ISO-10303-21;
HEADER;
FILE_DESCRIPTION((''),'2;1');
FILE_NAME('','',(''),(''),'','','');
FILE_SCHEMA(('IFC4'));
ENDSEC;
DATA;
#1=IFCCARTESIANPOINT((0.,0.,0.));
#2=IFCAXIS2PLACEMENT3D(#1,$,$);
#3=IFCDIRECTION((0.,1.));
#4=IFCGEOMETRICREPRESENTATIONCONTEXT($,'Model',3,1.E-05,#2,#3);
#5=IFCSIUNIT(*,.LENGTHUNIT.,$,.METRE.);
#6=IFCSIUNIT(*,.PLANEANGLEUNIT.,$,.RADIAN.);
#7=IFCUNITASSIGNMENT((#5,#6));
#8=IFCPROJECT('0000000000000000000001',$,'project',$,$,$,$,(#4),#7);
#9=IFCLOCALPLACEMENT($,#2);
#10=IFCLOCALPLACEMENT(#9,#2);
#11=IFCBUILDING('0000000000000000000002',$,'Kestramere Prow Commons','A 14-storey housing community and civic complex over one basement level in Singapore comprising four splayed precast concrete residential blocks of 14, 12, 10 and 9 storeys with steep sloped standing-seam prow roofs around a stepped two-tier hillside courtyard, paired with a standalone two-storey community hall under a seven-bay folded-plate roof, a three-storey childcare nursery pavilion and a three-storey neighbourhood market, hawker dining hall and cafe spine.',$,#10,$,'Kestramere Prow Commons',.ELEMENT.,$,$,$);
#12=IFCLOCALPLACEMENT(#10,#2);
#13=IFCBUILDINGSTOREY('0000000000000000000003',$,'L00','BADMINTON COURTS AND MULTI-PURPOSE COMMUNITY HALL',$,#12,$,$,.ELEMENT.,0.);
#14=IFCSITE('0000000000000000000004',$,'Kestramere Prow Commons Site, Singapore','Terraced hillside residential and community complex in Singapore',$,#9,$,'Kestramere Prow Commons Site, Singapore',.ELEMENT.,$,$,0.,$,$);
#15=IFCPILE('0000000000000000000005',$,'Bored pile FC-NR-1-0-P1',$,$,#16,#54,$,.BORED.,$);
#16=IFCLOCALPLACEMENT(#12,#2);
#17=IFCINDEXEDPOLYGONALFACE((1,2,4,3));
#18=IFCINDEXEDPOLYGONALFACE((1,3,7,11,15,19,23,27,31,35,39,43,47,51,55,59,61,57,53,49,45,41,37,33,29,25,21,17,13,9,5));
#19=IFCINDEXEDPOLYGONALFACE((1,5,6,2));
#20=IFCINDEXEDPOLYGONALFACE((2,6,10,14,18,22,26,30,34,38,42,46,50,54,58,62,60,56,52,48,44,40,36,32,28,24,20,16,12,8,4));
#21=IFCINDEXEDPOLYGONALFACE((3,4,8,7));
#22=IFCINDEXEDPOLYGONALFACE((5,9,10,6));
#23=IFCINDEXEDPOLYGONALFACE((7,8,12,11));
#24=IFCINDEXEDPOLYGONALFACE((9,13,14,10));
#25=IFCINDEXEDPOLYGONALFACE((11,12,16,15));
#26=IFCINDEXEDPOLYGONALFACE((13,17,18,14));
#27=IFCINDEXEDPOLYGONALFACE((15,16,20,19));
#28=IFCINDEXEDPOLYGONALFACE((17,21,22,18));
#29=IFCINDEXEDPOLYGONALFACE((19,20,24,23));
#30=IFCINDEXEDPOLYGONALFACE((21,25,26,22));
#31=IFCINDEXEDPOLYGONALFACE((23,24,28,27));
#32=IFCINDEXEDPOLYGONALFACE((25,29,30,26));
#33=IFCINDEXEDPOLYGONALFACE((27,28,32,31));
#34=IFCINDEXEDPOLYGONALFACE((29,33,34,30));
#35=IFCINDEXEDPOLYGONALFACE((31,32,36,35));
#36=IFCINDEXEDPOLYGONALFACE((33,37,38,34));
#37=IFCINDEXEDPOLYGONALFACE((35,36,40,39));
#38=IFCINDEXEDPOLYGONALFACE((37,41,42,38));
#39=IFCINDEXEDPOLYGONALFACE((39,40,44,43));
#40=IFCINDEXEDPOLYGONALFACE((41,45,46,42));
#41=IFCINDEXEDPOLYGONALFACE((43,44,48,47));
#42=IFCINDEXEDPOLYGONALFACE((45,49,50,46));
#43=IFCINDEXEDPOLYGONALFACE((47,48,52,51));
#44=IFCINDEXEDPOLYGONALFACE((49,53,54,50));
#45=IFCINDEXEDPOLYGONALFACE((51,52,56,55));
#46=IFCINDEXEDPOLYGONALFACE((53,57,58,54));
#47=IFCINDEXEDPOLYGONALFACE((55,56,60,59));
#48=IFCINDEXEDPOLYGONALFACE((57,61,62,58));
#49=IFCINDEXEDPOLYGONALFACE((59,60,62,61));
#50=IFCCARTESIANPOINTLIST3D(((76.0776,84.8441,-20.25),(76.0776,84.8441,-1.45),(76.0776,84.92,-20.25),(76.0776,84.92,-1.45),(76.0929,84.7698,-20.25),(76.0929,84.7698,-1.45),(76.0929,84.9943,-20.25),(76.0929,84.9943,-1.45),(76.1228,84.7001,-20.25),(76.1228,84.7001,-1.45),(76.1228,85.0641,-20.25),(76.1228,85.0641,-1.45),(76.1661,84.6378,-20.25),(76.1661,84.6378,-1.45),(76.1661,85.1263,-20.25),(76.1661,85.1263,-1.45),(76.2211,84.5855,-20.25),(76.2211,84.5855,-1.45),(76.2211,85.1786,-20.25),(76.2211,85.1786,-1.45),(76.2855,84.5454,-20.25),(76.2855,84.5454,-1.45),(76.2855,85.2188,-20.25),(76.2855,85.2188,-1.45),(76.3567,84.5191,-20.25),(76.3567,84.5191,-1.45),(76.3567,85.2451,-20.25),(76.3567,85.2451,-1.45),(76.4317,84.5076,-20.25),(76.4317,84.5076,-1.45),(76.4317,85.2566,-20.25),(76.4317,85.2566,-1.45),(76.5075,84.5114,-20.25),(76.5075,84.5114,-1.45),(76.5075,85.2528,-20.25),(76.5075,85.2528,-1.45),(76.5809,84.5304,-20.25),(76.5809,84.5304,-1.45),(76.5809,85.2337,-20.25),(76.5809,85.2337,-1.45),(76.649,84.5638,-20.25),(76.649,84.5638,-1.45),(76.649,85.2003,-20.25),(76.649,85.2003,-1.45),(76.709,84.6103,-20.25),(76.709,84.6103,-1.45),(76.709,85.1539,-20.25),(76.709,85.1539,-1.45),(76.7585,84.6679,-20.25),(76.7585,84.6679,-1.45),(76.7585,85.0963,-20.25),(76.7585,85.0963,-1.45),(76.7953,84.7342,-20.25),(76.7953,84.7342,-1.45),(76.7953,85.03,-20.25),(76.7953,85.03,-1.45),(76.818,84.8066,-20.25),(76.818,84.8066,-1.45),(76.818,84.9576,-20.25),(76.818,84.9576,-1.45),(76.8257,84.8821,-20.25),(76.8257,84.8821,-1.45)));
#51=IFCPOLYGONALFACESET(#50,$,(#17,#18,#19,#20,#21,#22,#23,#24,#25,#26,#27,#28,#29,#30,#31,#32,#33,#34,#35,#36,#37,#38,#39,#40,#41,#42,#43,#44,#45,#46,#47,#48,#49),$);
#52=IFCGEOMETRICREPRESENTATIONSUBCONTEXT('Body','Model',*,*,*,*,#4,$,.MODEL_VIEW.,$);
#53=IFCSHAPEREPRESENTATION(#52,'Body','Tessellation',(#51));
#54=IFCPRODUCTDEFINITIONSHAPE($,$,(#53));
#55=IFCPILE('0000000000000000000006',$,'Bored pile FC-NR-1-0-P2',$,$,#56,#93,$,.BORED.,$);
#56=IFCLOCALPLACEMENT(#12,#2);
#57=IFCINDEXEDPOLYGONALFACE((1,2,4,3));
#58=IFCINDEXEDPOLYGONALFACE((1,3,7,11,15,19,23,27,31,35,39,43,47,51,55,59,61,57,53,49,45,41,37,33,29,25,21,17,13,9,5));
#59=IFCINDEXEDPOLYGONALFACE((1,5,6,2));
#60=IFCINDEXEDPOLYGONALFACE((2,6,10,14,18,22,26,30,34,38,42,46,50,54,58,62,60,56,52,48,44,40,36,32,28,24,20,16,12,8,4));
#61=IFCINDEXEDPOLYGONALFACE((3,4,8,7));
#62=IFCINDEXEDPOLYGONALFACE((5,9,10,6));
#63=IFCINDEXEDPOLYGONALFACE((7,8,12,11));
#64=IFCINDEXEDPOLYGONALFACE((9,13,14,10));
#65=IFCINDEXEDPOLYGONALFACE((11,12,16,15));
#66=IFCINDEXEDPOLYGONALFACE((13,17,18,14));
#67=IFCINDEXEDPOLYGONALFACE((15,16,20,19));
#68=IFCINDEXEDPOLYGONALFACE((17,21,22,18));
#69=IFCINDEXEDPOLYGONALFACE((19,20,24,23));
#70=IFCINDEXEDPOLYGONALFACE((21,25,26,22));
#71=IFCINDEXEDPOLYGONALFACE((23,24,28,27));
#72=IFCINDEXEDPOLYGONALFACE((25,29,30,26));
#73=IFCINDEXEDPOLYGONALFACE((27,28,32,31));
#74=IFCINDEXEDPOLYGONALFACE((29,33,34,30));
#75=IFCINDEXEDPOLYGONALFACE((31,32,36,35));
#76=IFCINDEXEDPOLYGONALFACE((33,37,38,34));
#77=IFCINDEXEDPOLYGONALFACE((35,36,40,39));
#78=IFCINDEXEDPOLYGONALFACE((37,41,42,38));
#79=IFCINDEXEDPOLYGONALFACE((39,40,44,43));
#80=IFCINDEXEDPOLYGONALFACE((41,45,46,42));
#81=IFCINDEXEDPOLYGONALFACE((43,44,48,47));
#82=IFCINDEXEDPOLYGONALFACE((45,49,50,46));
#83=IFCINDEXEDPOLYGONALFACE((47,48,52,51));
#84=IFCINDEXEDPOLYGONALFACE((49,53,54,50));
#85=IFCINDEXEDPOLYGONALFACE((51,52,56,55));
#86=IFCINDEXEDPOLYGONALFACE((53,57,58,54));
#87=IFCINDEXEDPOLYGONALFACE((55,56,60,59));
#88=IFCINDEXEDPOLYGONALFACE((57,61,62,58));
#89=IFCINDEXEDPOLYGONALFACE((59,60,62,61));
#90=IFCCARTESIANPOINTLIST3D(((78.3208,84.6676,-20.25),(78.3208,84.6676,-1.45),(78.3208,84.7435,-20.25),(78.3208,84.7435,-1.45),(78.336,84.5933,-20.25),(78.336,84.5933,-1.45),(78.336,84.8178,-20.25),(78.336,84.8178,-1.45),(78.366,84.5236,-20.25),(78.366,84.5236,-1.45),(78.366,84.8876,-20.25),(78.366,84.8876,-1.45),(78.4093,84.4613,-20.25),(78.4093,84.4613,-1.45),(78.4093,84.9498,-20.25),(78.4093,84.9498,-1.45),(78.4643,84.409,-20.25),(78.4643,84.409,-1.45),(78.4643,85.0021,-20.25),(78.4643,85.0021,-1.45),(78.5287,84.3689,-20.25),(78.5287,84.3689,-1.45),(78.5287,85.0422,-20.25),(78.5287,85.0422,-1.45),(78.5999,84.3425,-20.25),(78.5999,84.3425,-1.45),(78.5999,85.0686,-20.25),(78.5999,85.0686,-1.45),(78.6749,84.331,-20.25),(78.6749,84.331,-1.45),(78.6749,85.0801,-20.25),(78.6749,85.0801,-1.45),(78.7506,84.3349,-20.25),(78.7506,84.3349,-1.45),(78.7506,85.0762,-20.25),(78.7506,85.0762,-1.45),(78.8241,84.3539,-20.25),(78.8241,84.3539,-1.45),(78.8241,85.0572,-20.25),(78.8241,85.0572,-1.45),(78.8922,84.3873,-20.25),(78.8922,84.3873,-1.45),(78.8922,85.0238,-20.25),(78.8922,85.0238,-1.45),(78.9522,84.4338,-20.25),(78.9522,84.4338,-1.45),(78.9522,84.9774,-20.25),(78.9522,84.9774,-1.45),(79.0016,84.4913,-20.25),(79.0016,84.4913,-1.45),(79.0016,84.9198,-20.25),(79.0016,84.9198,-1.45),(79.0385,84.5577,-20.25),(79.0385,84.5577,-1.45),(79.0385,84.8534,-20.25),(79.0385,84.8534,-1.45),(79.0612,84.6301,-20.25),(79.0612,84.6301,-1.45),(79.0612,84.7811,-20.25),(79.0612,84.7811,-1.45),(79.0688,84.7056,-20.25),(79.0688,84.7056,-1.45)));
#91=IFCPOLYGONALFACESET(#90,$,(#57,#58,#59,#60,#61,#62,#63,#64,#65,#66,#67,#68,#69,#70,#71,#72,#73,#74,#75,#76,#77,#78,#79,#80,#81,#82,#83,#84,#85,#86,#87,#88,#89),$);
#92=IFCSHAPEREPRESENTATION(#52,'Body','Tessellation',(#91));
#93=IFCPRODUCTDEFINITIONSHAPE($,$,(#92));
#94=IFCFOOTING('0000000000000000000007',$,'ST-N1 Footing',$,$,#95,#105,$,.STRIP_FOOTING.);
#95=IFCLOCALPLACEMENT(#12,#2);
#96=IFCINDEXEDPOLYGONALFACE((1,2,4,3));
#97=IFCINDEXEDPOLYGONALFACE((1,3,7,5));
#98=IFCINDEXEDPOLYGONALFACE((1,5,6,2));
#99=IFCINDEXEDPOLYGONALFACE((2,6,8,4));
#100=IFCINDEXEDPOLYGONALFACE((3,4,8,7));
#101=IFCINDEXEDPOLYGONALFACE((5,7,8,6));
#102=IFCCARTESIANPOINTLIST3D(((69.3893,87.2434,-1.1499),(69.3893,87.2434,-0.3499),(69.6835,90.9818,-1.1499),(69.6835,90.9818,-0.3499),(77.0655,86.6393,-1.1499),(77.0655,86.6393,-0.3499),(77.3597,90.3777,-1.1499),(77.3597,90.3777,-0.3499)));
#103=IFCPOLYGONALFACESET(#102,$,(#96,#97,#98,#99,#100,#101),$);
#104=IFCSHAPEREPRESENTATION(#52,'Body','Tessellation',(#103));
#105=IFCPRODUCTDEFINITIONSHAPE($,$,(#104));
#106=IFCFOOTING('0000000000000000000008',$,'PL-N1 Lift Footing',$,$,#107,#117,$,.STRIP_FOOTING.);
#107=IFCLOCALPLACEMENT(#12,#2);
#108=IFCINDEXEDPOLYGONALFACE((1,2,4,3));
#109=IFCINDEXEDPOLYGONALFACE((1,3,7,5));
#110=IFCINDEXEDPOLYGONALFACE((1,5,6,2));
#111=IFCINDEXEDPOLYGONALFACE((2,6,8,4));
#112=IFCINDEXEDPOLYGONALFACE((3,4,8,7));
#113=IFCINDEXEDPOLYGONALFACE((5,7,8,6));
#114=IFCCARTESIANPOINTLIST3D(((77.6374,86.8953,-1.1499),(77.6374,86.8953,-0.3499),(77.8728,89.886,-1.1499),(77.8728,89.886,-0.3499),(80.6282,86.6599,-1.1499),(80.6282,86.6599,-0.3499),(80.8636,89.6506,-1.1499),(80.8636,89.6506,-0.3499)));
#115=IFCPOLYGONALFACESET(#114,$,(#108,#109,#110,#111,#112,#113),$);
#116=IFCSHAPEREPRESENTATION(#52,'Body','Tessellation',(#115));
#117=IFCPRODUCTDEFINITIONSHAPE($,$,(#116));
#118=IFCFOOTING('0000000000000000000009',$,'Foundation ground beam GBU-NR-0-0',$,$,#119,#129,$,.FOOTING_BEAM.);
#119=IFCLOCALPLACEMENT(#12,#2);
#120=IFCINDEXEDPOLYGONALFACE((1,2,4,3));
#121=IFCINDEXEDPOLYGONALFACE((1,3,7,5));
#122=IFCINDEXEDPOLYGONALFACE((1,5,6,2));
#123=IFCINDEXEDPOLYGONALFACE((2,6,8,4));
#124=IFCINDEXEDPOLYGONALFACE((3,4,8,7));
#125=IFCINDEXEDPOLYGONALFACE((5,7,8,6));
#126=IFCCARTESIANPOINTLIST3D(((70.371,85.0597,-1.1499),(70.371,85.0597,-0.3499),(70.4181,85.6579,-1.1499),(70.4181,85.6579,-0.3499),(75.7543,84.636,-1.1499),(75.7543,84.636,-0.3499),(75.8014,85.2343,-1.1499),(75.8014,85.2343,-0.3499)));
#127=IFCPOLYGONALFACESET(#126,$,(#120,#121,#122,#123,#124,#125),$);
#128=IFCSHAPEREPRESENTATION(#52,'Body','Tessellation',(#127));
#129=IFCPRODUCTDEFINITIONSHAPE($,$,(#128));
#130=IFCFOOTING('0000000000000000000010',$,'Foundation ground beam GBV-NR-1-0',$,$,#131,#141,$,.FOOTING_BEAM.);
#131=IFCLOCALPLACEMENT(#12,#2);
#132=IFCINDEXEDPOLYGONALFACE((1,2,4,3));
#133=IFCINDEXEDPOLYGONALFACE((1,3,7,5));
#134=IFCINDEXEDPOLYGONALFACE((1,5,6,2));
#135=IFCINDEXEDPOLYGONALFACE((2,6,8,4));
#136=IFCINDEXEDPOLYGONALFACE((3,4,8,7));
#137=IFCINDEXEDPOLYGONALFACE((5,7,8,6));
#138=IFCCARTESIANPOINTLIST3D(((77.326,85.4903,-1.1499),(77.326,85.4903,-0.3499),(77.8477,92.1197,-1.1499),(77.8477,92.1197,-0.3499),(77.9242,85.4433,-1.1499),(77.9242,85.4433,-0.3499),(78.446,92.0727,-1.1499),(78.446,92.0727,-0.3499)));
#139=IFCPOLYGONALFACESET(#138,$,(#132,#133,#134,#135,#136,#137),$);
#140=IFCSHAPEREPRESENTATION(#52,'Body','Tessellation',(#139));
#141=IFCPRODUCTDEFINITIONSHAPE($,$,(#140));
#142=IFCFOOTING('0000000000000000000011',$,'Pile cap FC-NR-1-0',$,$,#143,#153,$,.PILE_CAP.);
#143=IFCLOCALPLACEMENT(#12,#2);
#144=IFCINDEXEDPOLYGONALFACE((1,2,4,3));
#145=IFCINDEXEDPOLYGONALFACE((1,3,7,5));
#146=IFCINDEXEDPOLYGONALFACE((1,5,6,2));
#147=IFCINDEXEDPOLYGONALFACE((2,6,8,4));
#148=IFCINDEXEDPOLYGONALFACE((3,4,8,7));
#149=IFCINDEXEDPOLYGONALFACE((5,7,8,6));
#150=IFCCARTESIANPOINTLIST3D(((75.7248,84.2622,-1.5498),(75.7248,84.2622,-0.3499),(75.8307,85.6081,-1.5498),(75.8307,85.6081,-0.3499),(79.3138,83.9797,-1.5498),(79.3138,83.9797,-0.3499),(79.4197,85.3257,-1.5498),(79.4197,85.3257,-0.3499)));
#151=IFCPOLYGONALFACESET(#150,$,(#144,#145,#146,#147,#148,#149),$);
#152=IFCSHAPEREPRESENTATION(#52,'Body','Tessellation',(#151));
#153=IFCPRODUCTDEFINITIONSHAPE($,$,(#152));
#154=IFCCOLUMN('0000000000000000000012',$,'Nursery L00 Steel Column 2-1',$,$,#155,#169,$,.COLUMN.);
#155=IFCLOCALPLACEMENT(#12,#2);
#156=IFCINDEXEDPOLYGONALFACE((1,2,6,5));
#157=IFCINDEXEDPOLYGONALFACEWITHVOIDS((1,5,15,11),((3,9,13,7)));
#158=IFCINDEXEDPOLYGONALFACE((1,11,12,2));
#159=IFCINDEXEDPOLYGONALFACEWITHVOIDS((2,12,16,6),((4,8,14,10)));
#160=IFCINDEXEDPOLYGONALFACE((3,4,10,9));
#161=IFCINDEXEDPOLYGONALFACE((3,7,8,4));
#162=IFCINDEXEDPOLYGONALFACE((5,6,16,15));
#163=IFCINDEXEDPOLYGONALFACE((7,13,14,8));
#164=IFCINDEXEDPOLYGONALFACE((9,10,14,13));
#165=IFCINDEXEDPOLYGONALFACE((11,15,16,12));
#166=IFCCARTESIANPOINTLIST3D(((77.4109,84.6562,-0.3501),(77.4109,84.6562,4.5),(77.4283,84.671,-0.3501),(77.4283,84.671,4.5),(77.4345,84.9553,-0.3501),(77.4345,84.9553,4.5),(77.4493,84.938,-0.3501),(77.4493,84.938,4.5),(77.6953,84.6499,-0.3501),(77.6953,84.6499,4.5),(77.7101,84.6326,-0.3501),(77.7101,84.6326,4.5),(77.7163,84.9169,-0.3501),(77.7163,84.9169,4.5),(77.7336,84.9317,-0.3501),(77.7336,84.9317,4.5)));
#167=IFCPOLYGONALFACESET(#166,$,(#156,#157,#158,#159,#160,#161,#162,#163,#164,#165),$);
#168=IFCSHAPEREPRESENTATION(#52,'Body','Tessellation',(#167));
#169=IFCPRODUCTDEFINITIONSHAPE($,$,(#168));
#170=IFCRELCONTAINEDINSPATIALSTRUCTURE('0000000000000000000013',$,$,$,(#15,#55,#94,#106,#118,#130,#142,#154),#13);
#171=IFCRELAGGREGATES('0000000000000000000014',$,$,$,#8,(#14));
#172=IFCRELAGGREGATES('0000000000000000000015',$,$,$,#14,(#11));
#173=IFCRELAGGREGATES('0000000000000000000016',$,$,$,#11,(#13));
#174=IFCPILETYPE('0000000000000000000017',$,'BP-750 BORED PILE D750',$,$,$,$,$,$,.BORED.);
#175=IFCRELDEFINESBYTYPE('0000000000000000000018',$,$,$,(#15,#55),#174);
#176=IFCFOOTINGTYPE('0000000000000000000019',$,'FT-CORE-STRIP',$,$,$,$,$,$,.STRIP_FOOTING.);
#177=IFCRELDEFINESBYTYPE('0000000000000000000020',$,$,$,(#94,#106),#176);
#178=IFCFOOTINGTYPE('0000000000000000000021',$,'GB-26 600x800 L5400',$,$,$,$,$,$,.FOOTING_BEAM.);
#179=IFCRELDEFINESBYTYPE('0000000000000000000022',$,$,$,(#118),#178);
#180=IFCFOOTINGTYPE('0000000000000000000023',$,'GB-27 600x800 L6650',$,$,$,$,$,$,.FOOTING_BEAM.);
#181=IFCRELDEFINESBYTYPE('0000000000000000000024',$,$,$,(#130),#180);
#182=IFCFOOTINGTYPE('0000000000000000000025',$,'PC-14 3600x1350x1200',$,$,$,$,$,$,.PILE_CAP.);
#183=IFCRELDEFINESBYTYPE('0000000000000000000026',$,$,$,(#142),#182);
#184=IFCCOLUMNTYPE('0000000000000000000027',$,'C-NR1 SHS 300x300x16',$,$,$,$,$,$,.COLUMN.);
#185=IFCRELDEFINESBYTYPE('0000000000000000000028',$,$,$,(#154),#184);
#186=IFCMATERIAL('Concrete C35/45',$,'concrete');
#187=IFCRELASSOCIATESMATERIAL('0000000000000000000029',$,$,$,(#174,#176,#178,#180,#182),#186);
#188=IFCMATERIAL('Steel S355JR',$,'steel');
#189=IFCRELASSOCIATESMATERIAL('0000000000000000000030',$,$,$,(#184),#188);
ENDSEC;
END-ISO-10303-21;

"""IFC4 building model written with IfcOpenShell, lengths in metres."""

from ifc_helpers import new_model, si_unit, direction, frame, origin, origin_2d, place, context, subcontext, project, spatial, rectangle, hollow_rectangle, circle, extrude, material, material_profile, profile_set, type_object, element, save


model = new_model("IFC4")

# Units and contexts
model_context = context("Model", 3, precision=1e-05, world=origin(), true_north=direction((0.0, 1.0)))
body_context = subcontext(model_context, "Body", "Model", "MODEL_VIEW")
ifc_project = project(units=[si_unit("LENGTHUNIT", "METRE"), si_unit("PLANEANGLEUNIT", "RADIAN")], contexts=[model_context])

# Site, building, storey
site_placement = place(None, origin())
site = spatial("IfcSite", under=ifc_project, at=site_placement, Name="Kestramere Prow Commons Site, Singapore", Description="Terraced hillside residential and community complex in Singapore", LongName="Kestramere Prow Commons Site, Singapore", CompositionType="ELEMENT", RefElevation=0.0)
building_placement = place(site_placement, origin())
building = spatial("IfcBuilding", under=site, at=building_placement, Name="Kestramere Prow Commons", Description="A 14-storey housing community and civic complex over one basement level in Singapore comprising four splayed precast concrete residential blocks of 14, 12, 10 and 9 storeys with steep sloped standing-seam prow roofs around a stepped two-tier hillside courtyard, paired with a standalone two-storey community hall under a seven-bay folded-plate roof, a three-storey childcare nursery pavilion and a three-storey neighbourhood market, hawker dining hall and cafe spine.", LongName="Kestramere Prow Commons", CompositionType="ELEMENT")
storey_placement = place(building_placement, origin())
storey = spatial("IfcBuildingStorey", under=building, at=storey_placement, Name="L00", Description="BADMINTON COURTS AND MULTI-PURPOSE COMMUNITY HALL", CompositionType="ELEMENT", Elevation=0.0)

# Piles
ifc_material_1 = material(Name="Concrete C35/45", Category="concrete")
ifc_material_profile_1 = material_profile(ifc_material_1, circle(Radius=0.375, at=origin_2d()), Name="BORED PILE D750")
ifc_profile_set_1 = profile_set([ifc_material_profile_1], Name="Concrete C35/45")
pile_type = type_object("IfcPileType", Name="BP-750 BORED PILE D750", PredefinedType="BORED", material=ifc_profile_set_1)
for number, where, z_axis, x_axis, name in (
    (1, (76.4507, 84.8821, -1.45), (0.0, 0.0, -1.0), (1.0, 0.0, 0.0), "Bored pile FC-NR-1-0-P1"),
    (2, (78.6938, 84.7056, -1.45), (0.0, 0.0, -1.0), (1.0, 0.0, 0.0), "Bored pile FC-NR-1-0-P2"),
):
    element("IfcPile", number, at=place(storey_placement, frame(where, z_axis=z_axis, x_axis=x_axis)), inside=storey, type_object=pile_type, Name=name, PredefinedType="BORED", context=body_context, shape_type="SweptSolid", body=[
        extrude(circle(Radius=0.375, at=origin_2d()), origin(), (0.0, 0.0, 1.0), 18.8),
    ])

# Footings
footing_type_1 = type_object("IfcFootingType", Name="FT-CORE-STRIP", PredefinedType="STRIP_FOOTING", material=ifc_material_1)
footing_1_placement = place(storey_placement, frame((73.3745, 88.8105, -1.1499), z_axis=(0.0, 0.0, 1.0), x_axis=(0.996917, -0.078459, 0.0)))
element("IfcFooting", 3, at=footing_1_placement, inside=storey, type_object=footing_type_1, Name="ST-N1 Footing", PredefinedType="STRIP_FOOTING", context=body_context, shape_type="SweptSolid", body=[
    extrude(rectangle(XDim=7.7, YDim=3.75, at=origin_2d()), origin(), (0.0, 0.0, 1.0), 0.8),
])
footing_2_placement = place(storey_placement, frame((79.2505, 88.2729, -1.1499), z_axis=(0.0, 0.0, 1.0), x_axis=(0.996917, -0.078459, 0.0)))
element("IfcFooting", 4, at=footing_2_placement, inside=storey, type_object=footing_type_1, Name="PL-N1 Lift Footing", PredefinedType="STRIP_FOOTING", context=body_context, shape_type="SweptSolid", body=[
    extrude(rectangle(XDim=3.0, YDim=3.0, at=origin_2d()), origin(), (0.0, 0.0, 1.0), 0.8),
])
footing_type_2 = type_object("IfcFootingType", Name="GB-26 600x800 L5400", PredefinedType="FOOTING_BEAM", material=ifc_material_1)
footing_3_placement = place(storey_placement, frame((73.0862, 85.147, -1.1499), z_axis=(0.0, 0.0, 1.0), x_axis=(0.996917, -0.078459, 0.0)))
element("IfcFooting", 5, at=footing_3_placement, inside=storey, type_object=footing_type_2, Name="Foundation ground beam GBU-NR-0-0", PredefinedType="FOOTING_BEAM", context=body_context, shape_type="SweptSolid", body=[
    extrude(rectangle(XDim=5.3999, YDim=0.6001, at=origin_2d()), origin(), (0.0, 0.0, 1.0), 0.8),
])
footing_type_3 = type_object("IfcFootingType", Name="GB-27 600x800 L6650", PredefinedType="FOOTING_BEAM", material=ifc_material_1)
footing_4_placement = place(storey_placement, frame((77.886, 88.7815, -1.1499), z_axis=(0.0, 0.0, 1.0), x_axis=(0.078459, 0.996917, 0.0)))
element("IfcFooting", 6, at=footing_4_placement, inside=storey, type_object=footing_type_3, Name="Foundation ground beam GBV-NR-1-0", PredefinedType="FOOTING_BEAM", context=body_context, shape_type="SweptSolid", body=[
    extrude(rectangle(XDim=6.6499, YDim=0.6001, at=origin_2d()), origin(), (0.0, 0.0, 1.0), 0.8),
])
footing_type_4 = type_object("IfcFootingType", Name="PC-14 3600x1350x1200", PredefinedType="PILE_CAP", material=ifc_material_1)
footing_5_placement = place(storey_placement, frame((77.5723, 84.7939, -1.5498), z_axis=(0.0, 0.0, 1.0), x_axis=(0.996917, -0.078459, 0.0)))
element("IfcFooting", 7, at=footing_5_placement, inside=storey, type_object=footing_type_4, Name="Pile cap FC-NR-1-0", PredefinedType="PILE_CAP", context=body_context, shape_type="SweptSolid", body=[
    extrude(rectangle(XDim=3.6001, YDim=1.3501, at=origin_2d()), origin(), (0.0, 0.0, 1.0), 1.2),
])

# Column
ifc_material_2 = material(Name="Steel S355JR", Category="steel")
ifc_material_profile_2 = material_profile(ifc_material_2, hollow_rectangle(XDim=0.3, YDim=0.3, WallThickness=0.0161, at=origin_2d()), Name="SHS 300x300x16")
ifc_profile_set_2 = profile_set([ifc_material_profile_2], Name="Steel S355JR")
column_type = type_object("IfcColumnType", Name="C-NR1 SHS 300x300x16", PredefinedType="COLUMN", material=ifc_profile_set_2)
column_placement = place(storey_placement, frame((77.5723, 84.7939, -0.3501), z_axis=(0.0, 0.0, 1.0), x_axis=(0.996917, -0.078459, 0.0)))
element("IfcColumn", 8, at=column_placement, inside=storey, type_object=column_type, Name="Nursery L00 Steel Column 2-1", PredefinedType="COLUMN", context=body_context, shape_type="SweptSolid", body=[
    extrude(hollow_rectangle(XDim=0.3, YDim=0.3, WallThickness=0.0161, at=origin_2d()), origin(), (0.0, 0.0, 1.0), 4.8501),
])

save(model, "model.ifc")
